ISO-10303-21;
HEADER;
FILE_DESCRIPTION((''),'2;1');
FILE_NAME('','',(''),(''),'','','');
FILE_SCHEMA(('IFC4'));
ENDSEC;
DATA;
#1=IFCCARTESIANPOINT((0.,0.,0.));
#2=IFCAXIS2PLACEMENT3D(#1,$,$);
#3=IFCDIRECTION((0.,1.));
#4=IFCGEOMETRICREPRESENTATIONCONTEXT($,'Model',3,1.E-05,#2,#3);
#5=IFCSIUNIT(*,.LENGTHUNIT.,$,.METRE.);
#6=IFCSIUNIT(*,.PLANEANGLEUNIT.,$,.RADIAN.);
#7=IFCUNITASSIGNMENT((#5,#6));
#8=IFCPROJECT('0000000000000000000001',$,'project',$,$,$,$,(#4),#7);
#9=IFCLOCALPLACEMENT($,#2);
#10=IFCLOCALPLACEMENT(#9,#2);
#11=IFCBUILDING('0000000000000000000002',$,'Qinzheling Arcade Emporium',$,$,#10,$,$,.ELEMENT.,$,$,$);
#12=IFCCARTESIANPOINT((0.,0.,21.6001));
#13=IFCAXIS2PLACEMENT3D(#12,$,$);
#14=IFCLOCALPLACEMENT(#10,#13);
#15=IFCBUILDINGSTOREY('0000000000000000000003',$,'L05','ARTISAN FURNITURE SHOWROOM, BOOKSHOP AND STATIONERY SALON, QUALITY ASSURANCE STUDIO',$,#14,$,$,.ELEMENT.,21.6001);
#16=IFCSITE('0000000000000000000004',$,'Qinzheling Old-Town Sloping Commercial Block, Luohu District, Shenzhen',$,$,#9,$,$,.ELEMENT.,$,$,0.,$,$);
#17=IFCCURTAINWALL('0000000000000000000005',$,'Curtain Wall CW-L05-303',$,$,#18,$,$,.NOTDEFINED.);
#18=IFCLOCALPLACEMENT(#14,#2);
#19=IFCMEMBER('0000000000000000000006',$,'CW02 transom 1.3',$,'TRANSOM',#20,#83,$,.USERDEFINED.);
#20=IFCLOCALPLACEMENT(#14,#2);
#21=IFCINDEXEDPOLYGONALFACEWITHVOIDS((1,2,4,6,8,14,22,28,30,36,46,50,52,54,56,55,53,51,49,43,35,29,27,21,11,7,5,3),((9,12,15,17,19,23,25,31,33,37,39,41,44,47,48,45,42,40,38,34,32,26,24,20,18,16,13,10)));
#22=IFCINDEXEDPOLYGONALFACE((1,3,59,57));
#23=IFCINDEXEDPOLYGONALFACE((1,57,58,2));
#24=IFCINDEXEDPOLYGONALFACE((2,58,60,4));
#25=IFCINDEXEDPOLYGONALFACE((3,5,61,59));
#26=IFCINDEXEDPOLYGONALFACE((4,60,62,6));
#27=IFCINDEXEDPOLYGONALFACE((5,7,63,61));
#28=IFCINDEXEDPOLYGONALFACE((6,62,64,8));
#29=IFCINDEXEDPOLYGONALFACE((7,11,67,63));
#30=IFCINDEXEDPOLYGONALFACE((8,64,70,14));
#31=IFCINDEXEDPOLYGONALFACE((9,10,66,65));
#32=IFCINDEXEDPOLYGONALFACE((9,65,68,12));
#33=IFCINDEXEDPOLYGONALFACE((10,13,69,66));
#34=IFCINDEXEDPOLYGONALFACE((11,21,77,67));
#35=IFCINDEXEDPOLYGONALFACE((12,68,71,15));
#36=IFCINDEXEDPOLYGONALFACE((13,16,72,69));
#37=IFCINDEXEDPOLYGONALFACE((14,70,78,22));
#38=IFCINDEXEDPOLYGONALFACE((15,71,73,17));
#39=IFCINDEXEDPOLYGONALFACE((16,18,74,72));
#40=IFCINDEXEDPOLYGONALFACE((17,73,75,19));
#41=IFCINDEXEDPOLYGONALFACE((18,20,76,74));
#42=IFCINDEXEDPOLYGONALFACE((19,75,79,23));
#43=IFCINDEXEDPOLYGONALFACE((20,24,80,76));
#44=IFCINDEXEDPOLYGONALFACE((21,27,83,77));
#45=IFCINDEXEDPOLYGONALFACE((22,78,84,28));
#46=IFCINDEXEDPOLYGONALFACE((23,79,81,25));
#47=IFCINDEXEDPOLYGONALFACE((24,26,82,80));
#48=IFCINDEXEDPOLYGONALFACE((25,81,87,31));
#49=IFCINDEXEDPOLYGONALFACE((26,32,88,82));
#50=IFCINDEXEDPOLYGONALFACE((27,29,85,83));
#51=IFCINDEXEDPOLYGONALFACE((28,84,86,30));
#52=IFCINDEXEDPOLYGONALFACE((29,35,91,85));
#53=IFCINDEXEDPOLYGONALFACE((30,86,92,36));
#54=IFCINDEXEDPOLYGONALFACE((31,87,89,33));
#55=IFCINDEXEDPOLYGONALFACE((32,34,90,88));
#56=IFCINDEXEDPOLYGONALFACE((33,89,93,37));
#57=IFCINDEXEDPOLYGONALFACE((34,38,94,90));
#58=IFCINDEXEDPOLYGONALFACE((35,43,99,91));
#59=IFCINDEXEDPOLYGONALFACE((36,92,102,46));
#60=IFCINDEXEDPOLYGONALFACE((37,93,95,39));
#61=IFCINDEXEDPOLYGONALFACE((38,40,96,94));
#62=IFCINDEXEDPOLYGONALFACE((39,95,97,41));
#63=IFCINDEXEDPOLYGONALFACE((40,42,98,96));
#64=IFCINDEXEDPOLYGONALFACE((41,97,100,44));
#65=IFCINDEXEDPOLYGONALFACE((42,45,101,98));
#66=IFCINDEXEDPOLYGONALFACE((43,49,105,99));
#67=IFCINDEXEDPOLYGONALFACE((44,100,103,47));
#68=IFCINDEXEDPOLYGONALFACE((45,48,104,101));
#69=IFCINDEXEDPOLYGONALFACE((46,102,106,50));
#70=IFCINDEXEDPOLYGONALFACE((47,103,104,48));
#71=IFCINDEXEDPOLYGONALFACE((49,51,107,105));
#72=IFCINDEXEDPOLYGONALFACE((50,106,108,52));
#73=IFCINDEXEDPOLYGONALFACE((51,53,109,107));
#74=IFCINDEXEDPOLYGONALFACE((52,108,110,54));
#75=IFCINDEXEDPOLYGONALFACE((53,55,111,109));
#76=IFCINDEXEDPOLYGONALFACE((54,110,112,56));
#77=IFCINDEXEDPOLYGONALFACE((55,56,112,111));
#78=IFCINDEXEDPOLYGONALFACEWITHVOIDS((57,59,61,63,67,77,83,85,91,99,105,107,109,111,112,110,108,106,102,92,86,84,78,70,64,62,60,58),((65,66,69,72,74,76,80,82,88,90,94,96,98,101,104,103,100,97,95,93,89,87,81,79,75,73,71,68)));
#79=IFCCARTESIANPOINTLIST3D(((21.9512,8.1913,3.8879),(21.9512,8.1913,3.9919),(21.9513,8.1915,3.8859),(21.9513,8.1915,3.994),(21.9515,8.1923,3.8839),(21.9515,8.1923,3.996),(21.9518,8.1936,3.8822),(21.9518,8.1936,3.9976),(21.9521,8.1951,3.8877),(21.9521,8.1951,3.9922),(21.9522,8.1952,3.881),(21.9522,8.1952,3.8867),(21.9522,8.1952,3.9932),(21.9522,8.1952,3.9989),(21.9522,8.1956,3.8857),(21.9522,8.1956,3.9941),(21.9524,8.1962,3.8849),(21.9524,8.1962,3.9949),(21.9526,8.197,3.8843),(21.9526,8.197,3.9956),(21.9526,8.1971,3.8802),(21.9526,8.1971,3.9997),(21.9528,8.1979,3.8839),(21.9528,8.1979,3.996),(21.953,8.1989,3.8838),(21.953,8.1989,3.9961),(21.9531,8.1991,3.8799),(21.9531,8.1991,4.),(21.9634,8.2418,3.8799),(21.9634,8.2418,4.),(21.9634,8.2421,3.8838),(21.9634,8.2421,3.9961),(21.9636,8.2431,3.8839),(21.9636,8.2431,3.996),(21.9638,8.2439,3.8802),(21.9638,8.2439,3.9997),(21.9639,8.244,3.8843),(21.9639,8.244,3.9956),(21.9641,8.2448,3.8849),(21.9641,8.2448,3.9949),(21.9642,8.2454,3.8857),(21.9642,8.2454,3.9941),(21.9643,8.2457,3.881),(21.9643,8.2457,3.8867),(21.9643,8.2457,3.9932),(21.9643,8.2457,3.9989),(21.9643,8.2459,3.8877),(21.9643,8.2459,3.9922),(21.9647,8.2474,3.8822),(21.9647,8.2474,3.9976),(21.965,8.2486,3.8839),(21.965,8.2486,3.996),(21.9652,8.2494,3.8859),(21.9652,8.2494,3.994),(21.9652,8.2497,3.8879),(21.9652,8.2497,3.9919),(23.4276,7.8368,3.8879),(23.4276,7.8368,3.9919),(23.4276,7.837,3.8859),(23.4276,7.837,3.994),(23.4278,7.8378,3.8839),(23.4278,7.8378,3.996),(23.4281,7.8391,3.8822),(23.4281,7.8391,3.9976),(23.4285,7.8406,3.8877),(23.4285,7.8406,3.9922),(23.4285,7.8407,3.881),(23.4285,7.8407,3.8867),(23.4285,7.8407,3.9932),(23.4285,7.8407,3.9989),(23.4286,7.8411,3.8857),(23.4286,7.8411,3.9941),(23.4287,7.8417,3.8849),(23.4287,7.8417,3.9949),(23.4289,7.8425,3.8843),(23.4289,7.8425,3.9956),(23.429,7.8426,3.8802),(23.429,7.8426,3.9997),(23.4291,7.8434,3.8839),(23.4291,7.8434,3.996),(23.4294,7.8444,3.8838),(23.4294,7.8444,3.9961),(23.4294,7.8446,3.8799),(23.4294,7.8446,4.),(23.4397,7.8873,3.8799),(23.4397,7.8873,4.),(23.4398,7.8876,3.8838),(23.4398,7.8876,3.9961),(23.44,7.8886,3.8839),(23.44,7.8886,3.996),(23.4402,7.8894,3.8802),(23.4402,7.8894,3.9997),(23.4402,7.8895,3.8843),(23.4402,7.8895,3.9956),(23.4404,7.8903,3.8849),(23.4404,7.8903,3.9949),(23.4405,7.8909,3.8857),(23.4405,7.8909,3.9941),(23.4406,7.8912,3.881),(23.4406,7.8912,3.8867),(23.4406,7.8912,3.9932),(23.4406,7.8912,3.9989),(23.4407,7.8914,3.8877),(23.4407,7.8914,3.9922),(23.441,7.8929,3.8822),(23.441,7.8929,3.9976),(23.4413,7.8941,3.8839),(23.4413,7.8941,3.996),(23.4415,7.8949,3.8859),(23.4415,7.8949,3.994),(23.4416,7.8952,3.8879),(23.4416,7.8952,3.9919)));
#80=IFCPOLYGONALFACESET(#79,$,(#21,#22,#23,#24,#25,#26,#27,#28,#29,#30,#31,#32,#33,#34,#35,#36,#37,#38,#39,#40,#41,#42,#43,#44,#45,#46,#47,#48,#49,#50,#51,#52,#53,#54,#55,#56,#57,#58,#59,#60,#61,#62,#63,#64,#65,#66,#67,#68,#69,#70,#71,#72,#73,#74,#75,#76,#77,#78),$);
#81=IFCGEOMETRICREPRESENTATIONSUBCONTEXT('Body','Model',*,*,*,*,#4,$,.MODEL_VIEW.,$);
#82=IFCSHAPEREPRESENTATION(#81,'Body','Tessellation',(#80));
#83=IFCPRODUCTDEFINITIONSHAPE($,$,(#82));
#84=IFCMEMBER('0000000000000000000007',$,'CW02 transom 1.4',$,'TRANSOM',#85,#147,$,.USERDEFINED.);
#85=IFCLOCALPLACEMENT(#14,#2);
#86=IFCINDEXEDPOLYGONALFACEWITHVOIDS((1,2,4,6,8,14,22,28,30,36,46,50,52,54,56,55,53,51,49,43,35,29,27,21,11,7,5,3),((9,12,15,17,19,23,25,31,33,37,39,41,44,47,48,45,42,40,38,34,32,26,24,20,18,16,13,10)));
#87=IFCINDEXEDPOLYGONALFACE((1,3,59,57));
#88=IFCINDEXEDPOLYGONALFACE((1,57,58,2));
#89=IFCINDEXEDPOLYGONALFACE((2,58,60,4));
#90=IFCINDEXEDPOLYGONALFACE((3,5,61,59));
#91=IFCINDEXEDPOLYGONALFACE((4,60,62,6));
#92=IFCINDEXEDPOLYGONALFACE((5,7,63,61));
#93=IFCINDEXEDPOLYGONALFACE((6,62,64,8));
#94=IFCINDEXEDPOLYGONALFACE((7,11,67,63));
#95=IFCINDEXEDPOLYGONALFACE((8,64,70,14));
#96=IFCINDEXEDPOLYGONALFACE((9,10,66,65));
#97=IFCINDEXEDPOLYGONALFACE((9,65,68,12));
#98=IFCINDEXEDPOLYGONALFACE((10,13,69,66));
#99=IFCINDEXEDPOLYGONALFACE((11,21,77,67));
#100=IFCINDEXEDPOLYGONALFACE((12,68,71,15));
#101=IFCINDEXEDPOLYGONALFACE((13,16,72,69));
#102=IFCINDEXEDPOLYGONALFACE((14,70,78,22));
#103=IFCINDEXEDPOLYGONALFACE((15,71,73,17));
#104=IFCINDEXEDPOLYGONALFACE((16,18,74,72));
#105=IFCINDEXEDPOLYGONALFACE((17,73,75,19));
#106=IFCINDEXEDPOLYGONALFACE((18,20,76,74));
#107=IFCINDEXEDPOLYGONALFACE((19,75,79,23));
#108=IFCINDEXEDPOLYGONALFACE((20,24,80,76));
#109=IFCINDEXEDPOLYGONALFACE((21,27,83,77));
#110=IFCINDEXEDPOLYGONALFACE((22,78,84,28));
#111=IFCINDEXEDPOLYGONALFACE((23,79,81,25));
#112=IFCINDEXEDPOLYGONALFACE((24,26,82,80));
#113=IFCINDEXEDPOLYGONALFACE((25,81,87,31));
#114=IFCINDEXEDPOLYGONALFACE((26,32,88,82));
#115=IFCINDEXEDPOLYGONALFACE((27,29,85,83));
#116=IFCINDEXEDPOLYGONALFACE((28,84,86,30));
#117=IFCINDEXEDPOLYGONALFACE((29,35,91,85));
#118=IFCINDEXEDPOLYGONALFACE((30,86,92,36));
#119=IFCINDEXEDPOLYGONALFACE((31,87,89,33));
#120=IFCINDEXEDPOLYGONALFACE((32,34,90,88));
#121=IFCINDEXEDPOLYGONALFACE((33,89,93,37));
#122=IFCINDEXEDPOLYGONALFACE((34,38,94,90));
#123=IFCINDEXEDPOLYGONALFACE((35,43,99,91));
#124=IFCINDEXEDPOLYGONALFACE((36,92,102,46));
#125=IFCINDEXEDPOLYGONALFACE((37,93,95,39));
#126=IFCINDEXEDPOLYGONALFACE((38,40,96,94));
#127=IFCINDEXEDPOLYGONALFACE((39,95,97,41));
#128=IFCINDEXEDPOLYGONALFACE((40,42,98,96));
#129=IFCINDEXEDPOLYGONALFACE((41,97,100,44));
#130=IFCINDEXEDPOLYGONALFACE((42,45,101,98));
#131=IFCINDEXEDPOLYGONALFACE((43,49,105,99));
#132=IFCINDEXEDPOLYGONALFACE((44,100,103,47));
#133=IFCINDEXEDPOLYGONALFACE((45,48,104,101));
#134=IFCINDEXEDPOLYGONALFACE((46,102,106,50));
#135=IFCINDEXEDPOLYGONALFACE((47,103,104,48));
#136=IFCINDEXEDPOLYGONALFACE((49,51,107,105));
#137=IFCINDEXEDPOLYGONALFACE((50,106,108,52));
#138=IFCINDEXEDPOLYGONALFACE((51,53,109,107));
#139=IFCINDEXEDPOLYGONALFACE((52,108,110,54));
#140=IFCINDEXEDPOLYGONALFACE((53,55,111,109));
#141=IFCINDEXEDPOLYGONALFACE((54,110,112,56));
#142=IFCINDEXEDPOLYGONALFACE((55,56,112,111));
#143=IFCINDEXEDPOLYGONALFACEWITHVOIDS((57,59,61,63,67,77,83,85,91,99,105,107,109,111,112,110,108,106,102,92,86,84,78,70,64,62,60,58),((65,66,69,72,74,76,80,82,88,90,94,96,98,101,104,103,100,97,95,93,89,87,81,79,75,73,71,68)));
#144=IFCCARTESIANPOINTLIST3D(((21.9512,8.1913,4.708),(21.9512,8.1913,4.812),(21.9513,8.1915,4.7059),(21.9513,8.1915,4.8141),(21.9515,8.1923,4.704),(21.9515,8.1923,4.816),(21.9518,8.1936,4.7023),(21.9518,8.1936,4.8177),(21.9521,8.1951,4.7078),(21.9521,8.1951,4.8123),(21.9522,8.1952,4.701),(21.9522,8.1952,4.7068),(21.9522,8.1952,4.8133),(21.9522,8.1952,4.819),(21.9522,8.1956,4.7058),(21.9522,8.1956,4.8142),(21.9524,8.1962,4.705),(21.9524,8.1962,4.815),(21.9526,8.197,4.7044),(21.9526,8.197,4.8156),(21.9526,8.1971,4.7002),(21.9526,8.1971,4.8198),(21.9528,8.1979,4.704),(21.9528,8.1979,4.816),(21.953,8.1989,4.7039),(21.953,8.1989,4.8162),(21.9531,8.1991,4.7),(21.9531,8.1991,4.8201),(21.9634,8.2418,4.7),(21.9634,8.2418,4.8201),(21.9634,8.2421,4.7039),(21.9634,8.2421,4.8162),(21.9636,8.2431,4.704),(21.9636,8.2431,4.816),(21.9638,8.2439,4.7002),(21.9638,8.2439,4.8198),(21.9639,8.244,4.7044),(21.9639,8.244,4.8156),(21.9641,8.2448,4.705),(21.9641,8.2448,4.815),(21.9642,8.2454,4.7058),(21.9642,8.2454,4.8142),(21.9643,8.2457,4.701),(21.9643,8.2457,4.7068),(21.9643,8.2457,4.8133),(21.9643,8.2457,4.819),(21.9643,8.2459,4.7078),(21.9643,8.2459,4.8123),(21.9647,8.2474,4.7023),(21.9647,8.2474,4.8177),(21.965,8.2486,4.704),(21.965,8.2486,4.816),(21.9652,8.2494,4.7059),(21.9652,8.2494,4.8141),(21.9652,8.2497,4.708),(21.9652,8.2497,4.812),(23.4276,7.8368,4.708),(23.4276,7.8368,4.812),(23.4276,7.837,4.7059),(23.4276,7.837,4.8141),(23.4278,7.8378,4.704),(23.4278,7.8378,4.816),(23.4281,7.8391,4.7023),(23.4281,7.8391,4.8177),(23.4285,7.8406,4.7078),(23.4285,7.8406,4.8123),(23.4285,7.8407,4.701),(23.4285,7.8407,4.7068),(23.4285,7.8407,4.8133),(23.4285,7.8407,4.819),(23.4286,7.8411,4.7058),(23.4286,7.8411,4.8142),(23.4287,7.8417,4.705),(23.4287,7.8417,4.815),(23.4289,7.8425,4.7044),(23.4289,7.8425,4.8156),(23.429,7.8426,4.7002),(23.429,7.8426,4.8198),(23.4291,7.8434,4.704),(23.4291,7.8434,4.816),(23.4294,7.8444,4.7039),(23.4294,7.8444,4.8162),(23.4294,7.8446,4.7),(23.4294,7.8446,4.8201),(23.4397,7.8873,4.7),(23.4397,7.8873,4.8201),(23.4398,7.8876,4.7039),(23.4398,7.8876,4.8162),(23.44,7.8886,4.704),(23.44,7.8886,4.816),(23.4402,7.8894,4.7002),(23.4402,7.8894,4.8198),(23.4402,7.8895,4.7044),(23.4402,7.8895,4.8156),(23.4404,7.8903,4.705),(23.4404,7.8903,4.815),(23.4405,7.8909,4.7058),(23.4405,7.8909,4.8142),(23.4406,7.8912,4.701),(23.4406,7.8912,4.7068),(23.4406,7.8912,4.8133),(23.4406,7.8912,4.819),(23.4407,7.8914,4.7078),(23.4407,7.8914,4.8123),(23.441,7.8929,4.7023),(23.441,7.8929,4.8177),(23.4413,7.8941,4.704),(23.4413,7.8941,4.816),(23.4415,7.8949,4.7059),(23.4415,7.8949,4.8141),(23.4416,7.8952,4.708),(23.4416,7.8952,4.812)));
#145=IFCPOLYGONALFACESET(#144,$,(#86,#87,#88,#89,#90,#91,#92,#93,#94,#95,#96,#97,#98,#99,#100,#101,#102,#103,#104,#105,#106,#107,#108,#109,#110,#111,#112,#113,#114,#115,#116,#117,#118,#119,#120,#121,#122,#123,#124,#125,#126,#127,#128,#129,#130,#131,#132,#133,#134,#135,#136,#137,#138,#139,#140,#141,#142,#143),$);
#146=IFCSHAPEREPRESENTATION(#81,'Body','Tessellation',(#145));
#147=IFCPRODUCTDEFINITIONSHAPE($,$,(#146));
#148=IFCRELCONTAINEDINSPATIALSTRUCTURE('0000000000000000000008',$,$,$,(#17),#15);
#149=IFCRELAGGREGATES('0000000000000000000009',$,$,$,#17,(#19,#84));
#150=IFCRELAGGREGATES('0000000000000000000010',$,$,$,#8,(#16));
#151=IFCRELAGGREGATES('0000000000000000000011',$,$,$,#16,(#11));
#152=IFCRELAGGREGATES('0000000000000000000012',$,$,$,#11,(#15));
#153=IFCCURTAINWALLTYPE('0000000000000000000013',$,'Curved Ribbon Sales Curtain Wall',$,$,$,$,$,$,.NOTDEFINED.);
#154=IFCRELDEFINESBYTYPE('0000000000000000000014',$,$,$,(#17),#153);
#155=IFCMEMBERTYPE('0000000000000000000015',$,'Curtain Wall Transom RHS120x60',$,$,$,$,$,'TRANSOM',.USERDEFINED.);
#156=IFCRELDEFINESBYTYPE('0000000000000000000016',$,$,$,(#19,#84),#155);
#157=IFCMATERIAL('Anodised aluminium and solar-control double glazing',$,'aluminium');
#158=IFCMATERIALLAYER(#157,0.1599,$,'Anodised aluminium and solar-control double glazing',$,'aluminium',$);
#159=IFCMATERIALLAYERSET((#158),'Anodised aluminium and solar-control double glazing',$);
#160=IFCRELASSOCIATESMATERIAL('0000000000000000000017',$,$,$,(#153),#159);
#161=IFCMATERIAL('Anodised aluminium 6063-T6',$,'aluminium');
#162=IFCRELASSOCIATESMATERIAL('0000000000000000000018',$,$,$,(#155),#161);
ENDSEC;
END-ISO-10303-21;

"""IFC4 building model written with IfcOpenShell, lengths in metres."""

from ifc_helpers import new_model, si_unit, direction, frame, origin, origin_2d, place, context, subcontext, project, spatial, hollow_rectangle, extrude, material, layer, layer_set, material_profile, profile_set, type_object, element, aggregate, save


model = new_model("IFC4")

# Units and contexts
model_context = context("Model", 3, precision=1e-05, world=origin(), true_north=direction((0.0, 1.0)))
body_context = subcontext(model_context, "Body", "Model", "MODEL_VIEW")
ifc_project = project(units=[si_unit("LENGTHUNIT", "METRE"), si_unit("PLANEANGLEUNIT", "RADIAN")], contexts=[model_context])

# Site, building, storey
site_placement = place(None, origin())
site = spatial("IfcSite", under=ifc_project, at=site_placement, Name="Qinzheling Old-Town Sloping Commercial Block, Luohu District, Shenzhen", CompositionType="ELEMENT", RefElevation=0.0)
building_placement = place(site_placement, origin())
building = spatial("IfcBuilding", under=site, at=building_placement, Name="Qinzheling Arcade Emporium", CompositionType="ELEMENT")
storey_placement = place(building_placement, frame((0.0, 0.0, 21.6001)))
storey = spatial("IfcBuildingStorey", under=building, at=storey_placement, Name="L05", Description="ARTISAN FURNITURE SHOWROOM, BOOKSHOP AND STATIONERY SALON, QUALITY ASSURANCE STUDIO", CompositionType="ELEMENT", Elevation=21.6001)

# Curtain wall
ifc_material_1 = material(Name="Anodised aluminium and solar-control double glazing", Category="aluminium")
ifc_layer_1 = layer(ifc_material_1, 0.1599, Name="Anodised aluminium and solar-control double glazing", Category="aluminium")
ifc_layer_set_1 = layer_set([ifc_layer_1], Name="Anodised aluminium and solar-control double glazing")
curtain_wall_type = type_object("IfcCurtainWallType", Name="Curved Ribbon Sales Curtain Wall", PredefinedType="NOTDEFINED", material=ifc_layer_set_1)
curtain_wall_1_placement = place(storey_placement, origin())
curtain_wall_1 = element("IfcCurtainWall", 1, at=curtain_wall_1_placement, inside=storey, type_object=curtain_wall_type, Name="Curtain Wall CW-L05-303", PredefinedType="NOTDEFINED")
ifc_material_2 = material(Name="Anodised aluminium 6063-T6", Category="aluminium")

# Members
ifc_material_profile_1 = material_profile(ifc_material_2, hollow_rectangle(XDim=0.0601, YDim=0.1201, WallThickness=0.0039, InnerFilletRadius=0.0039, OuterFilletRadius=0.0081, at=origin_2d()), Name="RHS 120x60x4", Category="aluminium")
ifc_profile_set_1 = profile_set([ifc_material_profile_1], Name="Anodised aluminium 6063-T6")
member_type_1 = type_object("IfcMemberType", Name="Curtain Wall Transom RHS120x60", ElementType="TRANSOM", PredefinedType="USERDEFINED", material=ifc_profile_set_1)
member_1_placement = place(storey_placement, frame((23.4346, 7.866, 3.9399), z_axis=(-0.972361, 0.233482, 0.0), x_axis=(-0.233482, -0.972361, 0.0)))
member_1 = element("IfcMember", 2, at=member_1_placement, type_object=member_type_1, Name="CW02 transom 1.3", ObjectType="TRANSOM", PredefinedType="USERDEFINED", context=body_context, shape_type="SweptSolid", body=[
    extrude(hollow_rectangle(XDim=0.0601, YDim=0.1201, WallThickness=0.0039, InnerFilletRadius=0.0039, OuterFilletRadius=0.0081, at=origin_2d()), origin(), (0.0, 0.0, 1.0), 1.5183),
])
member_2_placement = place(storey_placement, frame((23.4346, 7.866, 4.76), z_axis=(-0.972361, 0.233482, 0.0), x_axis=(-0.233482, -0.972361, 0.0)))
member_2 = element("IfcMember", 3, at=member_2_placement, type_object=member_type_1, Name="CW02 transom 1.4", ObjectType="TRANSOM", PredefinedType="USERDEFINED", context=body_context, shape_type="SweptSolid", body=[
    extrude(hollow_rectangle(XDim=0.0601, YDim=0.1201, WallThickness=0.0039, InnerFilletRadius=0.0039, OuterFilletRadius=0.0081, at=origin_2d()), origin(), (0.0, 0.0, 1.0), 1.5183),
])

aggregate(curtain_wall_1, [member_1, member_2])

save(model, "model.ifc")
